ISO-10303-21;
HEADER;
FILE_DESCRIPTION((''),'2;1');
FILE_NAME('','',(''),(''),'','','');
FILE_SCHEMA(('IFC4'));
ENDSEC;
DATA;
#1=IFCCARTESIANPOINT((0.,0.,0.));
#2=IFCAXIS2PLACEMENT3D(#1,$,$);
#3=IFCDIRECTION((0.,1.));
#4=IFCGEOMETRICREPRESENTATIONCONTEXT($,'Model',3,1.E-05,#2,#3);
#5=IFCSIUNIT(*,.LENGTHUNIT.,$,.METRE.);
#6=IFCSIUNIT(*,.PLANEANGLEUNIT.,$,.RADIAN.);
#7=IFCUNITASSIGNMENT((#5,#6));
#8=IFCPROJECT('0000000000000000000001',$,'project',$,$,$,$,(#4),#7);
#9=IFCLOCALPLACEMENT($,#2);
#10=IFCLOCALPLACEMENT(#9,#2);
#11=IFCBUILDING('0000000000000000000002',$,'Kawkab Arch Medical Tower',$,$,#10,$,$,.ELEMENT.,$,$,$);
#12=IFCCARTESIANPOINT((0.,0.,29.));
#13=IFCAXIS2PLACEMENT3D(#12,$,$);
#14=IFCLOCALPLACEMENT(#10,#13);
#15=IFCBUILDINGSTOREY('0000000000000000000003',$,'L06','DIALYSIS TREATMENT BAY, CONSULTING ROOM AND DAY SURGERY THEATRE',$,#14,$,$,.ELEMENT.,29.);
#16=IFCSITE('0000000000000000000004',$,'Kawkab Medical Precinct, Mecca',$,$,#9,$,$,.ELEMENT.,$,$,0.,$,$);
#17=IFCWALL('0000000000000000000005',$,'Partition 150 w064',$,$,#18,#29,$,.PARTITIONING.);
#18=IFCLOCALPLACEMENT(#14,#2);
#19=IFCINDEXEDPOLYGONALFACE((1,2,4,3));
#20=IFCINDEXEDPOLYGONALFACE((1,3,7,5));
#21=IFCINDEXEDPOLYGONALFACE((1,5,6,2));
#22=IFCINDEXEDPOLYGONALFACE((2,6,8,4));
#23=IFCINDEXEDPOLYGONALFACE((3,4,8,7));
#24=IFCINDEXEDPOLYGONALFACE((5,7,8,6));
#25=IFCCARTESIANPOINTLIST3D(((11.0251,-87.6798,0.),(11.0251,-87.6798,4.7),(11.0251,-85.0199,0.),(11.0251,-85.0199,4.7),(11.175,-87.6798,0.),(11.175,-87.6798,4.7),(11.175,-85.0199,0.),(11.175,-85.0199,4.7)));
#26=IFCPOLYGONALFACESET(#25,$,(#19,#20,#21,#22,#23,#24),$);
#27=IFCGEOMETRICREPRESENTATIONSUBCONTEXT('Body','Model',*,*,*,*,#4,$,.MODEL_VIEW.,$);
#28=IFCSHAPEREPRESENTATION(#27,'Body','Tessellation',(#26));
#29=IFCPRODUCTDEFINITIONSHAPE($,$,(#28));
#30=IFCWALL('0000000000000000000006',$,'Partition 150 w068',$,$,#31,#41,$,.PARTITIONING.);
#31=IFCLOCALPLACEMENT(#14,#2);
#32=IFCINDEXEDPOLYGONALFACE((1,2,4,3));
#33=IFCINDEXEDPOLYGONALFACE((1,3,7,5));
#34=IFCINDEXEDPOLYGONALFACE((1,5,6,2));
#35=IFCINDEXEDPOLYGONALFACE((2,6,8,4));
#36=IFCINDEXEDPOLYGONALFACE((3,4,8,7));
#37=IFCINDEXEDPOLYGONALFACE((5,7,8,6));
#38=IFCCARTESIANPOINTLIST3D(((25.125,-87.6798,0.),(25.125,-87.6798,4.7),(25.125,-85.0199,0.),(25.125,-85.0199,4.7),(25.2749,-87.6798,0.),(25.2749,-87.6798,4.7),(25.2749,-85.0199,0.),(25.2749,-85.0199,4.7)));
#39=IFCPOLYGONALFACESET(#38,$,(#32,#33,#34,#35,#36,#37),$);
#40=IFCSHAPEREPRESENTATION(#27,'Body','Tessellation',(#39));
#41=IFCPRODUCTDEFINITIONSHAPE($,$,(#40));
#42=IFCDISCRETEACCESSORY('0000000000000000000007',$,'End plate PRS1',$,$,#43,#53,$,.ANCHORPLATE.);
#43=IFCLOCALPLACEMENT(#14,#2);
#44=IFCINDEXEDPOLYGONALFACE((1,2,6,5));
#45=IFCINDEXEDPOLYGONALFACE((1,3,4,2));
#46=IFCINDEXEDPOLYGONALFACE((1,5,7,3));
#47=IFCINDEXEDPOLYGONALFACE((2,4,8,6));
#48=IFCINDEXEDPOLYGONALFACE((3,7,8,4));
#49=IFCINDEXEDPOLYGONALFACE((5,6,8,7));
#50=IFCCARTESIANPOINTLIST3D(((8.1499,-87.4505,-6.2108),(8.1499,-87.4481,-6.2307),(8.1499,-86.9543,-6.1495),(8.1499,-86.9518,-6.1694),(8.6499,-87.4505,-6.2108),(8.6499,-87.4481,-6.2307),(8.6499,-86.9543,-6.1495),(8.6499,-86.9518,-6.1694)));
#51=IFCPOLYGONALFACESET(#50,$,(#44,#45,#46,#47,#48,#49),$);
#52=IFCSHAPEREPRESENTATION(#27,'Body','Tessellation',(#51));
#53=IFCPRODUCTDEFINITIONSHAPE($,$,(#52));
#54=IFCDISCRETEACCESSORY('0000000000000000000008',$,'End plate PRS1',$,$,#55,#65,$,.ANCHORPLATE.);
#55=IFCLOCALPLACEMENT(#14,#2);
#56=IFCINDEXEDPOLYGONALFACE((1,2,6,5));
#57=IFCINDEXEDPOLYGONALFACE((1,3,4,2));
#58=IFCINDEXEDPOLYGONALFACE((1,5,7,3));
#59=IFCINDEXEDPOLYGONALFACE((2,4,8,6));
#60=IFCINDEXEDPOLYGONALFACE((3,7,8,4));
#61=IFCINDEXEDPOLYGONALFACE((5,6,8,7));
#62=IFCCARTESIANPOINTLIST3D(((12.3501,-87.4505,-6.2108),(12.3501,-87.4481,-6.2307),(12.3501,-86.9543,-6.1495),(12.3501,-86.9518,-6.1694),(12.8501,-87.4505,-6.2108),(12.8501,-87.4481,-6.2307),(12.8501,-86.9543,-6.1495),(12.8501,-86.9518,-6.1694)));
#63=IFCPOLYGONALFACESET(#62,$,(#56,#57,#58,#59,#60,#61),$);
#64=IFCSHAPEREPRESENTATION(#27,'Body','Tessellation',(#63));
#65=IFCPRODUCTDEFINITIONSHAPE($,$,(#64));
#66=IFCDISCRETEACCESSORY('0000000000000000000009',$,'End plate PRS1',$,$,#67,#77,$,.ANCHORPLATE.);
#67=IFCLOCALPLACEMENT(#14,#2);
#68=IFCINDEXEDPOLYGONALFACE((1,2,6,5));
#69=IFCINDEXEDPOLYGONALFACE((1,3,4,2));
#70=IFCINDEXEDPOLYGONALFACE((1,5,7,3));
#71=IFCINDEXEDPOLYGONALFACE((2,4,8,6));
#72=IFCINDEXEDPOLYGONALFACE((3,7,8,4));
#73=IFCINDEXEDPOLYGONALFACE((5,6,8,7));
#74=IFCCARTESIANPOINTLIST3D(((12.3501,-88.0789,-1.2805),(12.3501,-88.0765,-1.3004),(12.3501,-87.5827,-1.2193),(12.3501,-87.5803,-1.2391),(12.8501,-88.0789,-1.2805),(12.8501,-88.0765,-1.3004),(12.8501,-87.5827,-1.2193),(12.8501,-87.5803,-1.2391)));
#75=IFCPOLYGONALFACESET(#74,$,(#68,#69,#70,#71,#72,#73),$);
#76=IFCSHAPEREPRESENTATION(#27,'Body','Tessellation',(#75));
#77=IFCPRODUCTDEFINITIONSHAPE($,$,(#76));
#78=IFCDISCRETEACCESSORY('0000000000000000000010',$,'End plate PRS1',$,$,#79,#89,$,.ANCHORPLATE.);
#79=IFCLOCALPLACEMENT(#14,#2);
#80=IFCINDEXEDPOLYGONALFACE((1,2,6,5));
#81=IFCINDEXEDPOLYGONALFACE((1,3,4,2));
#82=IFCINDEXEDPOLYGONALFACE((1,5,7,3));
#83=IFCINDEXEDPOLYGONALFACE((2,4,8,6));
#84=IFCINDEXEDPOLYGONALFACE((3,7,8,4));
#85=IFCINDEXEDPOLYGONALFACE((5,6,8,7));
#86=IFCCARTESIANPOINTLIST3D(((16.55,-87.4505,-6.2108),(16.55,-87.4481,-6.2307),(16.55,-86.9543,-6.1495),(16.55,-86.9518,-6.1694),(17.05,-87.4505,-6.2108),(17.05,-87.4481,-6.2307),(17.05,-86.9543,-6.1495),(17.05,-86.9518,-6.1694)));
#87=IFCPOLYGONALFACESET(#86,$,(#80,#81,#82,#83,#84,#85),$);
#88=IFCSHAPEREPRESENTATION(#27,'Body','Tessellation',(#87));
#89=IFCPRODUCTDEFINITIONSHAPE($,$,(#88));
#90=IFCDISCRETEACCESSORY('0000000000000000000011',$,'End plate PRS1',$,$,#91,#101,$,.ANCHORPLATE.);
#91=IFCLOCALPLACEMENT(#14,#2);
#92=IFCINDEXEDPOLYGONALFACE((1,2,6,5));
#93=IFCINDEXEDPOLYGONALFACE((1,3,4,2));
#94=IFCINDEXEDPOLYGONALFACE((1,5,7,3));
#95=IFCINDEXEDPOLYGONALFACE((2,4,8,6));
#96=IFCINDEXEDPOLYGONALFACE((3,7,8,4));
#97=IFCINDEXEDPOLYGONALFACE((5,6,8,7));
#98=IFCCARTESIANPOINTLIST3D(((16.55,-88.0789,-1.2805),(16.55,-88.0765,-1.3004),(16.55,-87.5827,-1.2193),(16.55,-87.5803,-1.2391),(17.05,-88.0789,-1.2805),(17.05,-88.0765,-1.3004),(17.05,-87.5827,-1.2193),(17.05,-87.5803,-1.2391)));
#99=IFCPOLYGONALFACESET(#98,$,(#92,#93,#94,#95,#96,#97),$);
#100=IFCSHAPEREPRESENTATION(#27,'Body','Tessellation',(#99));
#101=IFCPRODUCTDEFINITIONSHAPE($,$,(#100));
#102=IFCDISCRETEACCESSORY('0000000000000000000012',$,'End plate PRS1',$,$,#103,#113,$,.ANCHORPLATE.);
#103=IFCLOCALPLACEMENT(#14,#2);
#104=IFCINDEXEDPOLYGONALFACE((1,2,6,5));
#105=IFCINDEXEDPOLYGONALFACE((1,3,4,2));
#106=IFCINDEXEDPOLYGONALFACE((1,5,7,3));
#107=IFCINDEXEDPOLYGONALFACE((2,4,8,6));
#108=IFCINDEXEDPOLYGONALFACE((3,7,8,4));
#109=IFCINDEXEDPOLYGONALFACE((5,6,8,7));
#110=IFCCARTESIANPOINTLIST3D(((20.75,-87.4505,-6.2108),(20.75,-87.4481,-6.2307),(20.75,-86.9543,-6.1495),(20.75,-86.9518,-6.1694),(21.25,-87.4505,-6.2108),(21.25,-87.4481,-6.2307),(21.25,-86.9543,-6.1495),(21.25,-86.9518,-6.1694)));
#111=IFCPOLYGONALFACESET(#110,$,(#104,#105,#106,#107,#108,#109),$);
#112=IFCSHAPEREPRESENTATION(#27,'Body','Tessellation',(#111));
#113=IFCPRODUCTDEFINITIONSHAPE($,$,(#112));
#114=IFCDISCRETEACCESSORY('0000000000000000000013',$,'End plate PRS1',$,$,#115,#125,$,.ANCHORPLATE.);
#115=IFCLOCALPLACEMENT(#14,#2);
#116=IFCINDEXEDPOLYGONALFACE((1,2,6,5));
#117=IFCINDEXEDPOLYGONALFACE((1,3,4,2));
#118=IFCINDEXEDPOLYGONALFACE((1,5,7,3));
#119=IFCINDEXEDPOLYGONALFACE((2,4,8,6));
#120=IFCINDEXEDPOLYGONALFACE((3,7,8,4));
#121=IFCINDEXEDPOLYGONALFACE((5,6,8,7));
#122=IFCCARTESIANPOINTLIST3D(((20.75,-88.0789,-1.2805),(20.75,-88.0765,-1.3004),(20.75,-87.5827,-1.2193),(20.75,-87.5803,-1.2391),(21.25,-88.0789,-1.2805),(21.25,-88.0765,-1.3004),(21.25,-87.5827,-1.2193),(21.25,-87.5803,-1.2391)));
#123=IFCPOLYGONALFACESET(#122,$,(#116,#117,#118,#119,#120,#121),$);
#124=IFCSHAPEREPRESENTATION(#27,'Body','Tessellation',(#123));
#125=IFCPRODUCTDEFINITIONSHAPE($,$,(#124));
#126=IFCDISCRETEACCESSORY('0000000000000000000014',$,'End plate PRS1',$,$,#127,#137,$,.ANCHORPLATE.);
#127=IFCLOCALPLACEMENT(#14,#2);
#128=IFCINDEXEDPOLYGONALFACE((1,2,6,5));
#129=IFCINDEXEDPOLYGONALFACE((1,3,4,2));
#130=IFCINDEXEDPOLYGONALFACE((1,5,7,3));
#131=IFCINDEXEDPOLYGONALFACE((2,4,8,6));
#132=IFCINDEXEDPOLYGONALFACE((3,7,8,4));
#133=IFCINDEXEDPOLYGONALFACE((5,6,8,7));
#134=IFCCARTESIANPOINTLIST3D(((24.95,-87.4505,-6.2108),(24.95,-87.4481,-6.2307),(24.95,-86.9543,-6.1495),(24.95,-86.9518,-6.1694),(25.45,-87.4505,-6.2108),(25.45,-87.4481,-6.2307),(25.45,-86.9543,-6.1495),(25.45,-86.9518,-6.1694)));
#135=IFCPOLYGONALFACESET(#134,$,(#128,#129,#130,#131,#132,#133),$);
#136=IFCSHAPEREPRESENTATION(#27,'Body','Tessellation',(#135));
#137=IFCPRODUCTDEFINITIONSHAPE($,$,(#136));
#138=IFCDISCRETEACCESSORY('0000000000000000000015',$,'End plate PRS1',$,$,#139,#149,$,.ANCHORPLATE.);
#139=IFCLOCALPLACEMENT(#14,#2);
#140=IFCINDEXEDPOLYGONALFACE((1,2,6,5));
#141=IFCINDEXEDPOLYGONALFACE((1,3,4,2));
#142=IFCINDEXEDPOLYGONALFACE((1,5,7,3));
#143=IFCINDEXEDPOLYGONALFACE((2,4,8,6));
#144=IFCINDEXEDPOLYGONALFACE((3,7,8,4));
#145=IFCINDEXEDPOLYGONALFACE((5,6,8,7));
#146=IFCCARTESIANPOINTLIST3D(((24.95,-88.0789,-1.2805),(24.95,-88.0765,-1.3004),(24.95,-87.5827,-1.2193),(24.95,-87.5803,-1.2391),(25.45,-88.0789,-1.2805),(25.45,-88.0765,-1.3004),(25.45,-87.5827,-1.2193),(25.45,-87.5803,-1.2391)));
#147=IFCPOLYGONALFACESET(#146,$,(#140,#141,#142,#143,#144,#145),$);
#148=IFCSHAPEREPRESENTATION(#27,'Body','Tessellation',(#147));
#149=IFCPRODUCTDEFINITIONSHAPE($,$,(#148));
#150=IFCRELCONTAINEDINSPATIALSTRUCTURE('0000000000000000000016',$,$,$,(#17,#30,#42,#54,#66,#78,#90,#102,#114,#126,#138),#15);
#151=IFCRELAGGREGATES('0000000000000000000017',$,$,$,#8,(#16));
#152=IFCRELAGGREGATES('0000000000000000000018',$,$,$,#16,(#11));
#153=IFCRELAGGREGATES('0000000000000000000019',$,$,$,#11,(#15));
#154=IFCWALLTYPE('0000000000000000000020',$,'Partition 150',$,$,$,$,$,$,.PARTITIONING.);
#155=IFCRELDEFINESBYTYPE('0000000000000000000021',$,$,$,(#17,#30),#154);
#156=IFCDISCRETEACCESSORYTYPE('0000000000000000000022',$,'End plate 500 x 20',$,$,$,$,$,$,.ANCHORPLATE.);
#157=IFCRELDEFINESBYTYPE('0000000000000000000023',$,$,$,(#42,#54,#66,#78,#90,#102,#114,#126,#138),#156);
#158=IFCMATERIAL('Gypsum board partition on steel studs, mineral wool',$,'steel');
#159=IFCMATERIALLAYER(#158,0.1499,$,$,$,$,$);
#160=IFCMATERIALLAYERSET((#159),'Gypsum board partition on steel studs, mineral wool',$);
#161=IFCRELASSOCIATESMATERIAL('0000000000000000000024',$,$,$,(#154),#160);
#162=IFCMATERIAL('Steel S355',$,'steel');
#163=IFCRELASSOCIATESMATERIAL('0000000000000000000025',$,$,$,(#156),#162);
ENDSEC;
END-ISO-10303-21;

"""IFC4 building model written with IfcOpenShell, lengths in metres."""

from ifc_helpers import new_model, si_unit, direction, frame, frame_2d, origin, origin_2d, place, context, subcontext, project, spatial, rectangle, extrude, material, layer, layer_set, material_profile, profile_set, type_object, element, save


model = new_model("IFC4")

# Units and contexts
model_context = context("Model", 3, precision=1e-05, world=origin(), true_north=direction((0.0, 1.0)))
body_context = subcontext(model_context, "Body", "Model", "MODEL_VIEW")
ifc_project = project(units=[si_unit("LENGTHUNIT", "METRE"), si_unit("PLANEANGLEUNIT", "RADIAN")], contexts=[model_context])

# Site, building, storey
site_placement = place(None, origin())
site = spatial("IfcSite", under=ifc_project, at=site_placement, Name="Kawkab Medical Precinct, Mecca", CompositionType="ELEMENT", RefElevation=0.0)
building_placement = place(site_placement, origin())
building = spatial("IfcBuilding", under=site, at=building_placement, Name="Kawkab Arch Medical Tower", CompositionType="ELEMENT")
storey_placement = place(building_placement, frame((0.0, 0.0, 29.0)))
storey = spatial("IfcBuildingStorey", under=building, at=storey_placement, Name="L06", Description="DIALYSIS TREATMENT BAY, CONSULTING ROOM AND DAY SURGERY THEATRE", CompositionType="ELEMENT", Elevation=29.0)

# Shared definitions
ifc_material_1 = material(Name="Gypsum board partition on steel studs, mineral wool", Category="steel")
ifc_layer = layer(ifc_material_1, 0.1499)
ifc_layer_set = layer_set([ifc_layer], Name="Gypsum board partition on steel studs, mineral wool")
wall_type = type_object("IfcWallType", Name="Partition 150", PredefinedType="PARTITIONING", material=ifc_layer_set)

# Walls
for number, where, z_axis, x_axis, name in (
    (1, (11.1001, -87.6799, 0.0), (0.0, 0.0, 1.0), (0.0, 1.0, 0.0), "Partition 150 w064"),
    (2, (25.2, -87.6799, 0.0), (0.0, 0.0, 1.0), (0.0, 1.0, 0.0), "Partition 150 w068"),
):
    element("IfcWall", number, at=place(storey_placement, frame(where, z_axis=z_axis, x_axis=x_axis)), inside=storey, type_object=wall_type, Name=name, PredefinedType="PARTITIONING", context=body_context, shape_type="SweptSolid", body=[
        extrude(rectangle(XDim=2.6599, YDim=0.1499, at=frame_2d((1.3301, 0.0))), origin(), (0.0, 0.0, 1.0), 4.7),
    ])

# Discrete accessories
ifc_material_2 = material(Name="Steel S355", Category="steel")
ifc_material_profile_1 = material_profile(ifc_material_2, rectangle(XDim=0.5, YDim=0.5, at=origin_2d()), Name="End plate 500 x 20")
ifc_profile_set_1 = profile_set([ifc_material_profile_1], Name="Steel S355")
discrete_accessory_type = type_object("IfcDiscreteAccessoryType", Name="End plate 500 x 20", PredefinedType="ANCHORPLATE", material=ifc_profile_set_1)
for number, where, z_axis, x_axis, name in (
    (3, (8.3999, -87.2024, -6.1802), (0.0, 0.122527, -0.992465), (-1.0, 0.0, 0.0), "End plate PRS1"),
    (4, (12.6001, -87.2024, -6.1802), (0.0, 0.122527, -0.992465), (-1.0, 0.0, 0.0), "End plate PRS1"),
    (5, (12.6001, -87.8284, -1.2698), (0.0, -0.122527, 0.992465), (1.0, 0.0, 0.0), "End plate PRS1"),
    (6, (16.8, -87.2024, -6.1802), (0.0, 0.122527, -0.992465), (-1.0, 0.0, 0.0), "End plate PRS1"),
    (7, (16.8, -87.8284, -1.2698), (0.0, -0.122527, 0.992465), (1.0, 0.0, 0.0), "End plate PRS1"),
    (8, (21.0, -87.2024, -6.1802), (0.0, 0.122527, -0.992465), (-1.0, 0.0, 0.0), "End plate PRS1"),
    (9, (21.0, -87.8284, -1.2698), (0.0, -0.122527, 0.992465), (1.0, 0.0, 0.0), "End plate PRS1"),
    (10, (25.2, -87.2024, -6.1802), (0.0, 0.122527, -0.992465), (-1.0, 0.0, 0.0), "End plate PRS1"),
    (11, (25.2, -87.8284, -1.2698), (0.0, -0.122527, 0.992465), (1.0, 0.0, 0.0), "End plate PRS1"),
):
    element("IfcDiscreteAccessory", number, at=place(storey_placement, frame(where, z_axis=z_axis, x_axis=x_axis)), inside=storey, type_object=discrete_accessory_type, Name=name, PredefinedType="ANCHORPLATE", context=body_context, shape_type="SweptSolid", body=[
        extrude(rectangle(XDim=0.5, YDim=0.5, at=origin_2d()), origin(), (0.0, 0.0, 1.0), 0.02),
    ])

save(model, "model.ifc")
